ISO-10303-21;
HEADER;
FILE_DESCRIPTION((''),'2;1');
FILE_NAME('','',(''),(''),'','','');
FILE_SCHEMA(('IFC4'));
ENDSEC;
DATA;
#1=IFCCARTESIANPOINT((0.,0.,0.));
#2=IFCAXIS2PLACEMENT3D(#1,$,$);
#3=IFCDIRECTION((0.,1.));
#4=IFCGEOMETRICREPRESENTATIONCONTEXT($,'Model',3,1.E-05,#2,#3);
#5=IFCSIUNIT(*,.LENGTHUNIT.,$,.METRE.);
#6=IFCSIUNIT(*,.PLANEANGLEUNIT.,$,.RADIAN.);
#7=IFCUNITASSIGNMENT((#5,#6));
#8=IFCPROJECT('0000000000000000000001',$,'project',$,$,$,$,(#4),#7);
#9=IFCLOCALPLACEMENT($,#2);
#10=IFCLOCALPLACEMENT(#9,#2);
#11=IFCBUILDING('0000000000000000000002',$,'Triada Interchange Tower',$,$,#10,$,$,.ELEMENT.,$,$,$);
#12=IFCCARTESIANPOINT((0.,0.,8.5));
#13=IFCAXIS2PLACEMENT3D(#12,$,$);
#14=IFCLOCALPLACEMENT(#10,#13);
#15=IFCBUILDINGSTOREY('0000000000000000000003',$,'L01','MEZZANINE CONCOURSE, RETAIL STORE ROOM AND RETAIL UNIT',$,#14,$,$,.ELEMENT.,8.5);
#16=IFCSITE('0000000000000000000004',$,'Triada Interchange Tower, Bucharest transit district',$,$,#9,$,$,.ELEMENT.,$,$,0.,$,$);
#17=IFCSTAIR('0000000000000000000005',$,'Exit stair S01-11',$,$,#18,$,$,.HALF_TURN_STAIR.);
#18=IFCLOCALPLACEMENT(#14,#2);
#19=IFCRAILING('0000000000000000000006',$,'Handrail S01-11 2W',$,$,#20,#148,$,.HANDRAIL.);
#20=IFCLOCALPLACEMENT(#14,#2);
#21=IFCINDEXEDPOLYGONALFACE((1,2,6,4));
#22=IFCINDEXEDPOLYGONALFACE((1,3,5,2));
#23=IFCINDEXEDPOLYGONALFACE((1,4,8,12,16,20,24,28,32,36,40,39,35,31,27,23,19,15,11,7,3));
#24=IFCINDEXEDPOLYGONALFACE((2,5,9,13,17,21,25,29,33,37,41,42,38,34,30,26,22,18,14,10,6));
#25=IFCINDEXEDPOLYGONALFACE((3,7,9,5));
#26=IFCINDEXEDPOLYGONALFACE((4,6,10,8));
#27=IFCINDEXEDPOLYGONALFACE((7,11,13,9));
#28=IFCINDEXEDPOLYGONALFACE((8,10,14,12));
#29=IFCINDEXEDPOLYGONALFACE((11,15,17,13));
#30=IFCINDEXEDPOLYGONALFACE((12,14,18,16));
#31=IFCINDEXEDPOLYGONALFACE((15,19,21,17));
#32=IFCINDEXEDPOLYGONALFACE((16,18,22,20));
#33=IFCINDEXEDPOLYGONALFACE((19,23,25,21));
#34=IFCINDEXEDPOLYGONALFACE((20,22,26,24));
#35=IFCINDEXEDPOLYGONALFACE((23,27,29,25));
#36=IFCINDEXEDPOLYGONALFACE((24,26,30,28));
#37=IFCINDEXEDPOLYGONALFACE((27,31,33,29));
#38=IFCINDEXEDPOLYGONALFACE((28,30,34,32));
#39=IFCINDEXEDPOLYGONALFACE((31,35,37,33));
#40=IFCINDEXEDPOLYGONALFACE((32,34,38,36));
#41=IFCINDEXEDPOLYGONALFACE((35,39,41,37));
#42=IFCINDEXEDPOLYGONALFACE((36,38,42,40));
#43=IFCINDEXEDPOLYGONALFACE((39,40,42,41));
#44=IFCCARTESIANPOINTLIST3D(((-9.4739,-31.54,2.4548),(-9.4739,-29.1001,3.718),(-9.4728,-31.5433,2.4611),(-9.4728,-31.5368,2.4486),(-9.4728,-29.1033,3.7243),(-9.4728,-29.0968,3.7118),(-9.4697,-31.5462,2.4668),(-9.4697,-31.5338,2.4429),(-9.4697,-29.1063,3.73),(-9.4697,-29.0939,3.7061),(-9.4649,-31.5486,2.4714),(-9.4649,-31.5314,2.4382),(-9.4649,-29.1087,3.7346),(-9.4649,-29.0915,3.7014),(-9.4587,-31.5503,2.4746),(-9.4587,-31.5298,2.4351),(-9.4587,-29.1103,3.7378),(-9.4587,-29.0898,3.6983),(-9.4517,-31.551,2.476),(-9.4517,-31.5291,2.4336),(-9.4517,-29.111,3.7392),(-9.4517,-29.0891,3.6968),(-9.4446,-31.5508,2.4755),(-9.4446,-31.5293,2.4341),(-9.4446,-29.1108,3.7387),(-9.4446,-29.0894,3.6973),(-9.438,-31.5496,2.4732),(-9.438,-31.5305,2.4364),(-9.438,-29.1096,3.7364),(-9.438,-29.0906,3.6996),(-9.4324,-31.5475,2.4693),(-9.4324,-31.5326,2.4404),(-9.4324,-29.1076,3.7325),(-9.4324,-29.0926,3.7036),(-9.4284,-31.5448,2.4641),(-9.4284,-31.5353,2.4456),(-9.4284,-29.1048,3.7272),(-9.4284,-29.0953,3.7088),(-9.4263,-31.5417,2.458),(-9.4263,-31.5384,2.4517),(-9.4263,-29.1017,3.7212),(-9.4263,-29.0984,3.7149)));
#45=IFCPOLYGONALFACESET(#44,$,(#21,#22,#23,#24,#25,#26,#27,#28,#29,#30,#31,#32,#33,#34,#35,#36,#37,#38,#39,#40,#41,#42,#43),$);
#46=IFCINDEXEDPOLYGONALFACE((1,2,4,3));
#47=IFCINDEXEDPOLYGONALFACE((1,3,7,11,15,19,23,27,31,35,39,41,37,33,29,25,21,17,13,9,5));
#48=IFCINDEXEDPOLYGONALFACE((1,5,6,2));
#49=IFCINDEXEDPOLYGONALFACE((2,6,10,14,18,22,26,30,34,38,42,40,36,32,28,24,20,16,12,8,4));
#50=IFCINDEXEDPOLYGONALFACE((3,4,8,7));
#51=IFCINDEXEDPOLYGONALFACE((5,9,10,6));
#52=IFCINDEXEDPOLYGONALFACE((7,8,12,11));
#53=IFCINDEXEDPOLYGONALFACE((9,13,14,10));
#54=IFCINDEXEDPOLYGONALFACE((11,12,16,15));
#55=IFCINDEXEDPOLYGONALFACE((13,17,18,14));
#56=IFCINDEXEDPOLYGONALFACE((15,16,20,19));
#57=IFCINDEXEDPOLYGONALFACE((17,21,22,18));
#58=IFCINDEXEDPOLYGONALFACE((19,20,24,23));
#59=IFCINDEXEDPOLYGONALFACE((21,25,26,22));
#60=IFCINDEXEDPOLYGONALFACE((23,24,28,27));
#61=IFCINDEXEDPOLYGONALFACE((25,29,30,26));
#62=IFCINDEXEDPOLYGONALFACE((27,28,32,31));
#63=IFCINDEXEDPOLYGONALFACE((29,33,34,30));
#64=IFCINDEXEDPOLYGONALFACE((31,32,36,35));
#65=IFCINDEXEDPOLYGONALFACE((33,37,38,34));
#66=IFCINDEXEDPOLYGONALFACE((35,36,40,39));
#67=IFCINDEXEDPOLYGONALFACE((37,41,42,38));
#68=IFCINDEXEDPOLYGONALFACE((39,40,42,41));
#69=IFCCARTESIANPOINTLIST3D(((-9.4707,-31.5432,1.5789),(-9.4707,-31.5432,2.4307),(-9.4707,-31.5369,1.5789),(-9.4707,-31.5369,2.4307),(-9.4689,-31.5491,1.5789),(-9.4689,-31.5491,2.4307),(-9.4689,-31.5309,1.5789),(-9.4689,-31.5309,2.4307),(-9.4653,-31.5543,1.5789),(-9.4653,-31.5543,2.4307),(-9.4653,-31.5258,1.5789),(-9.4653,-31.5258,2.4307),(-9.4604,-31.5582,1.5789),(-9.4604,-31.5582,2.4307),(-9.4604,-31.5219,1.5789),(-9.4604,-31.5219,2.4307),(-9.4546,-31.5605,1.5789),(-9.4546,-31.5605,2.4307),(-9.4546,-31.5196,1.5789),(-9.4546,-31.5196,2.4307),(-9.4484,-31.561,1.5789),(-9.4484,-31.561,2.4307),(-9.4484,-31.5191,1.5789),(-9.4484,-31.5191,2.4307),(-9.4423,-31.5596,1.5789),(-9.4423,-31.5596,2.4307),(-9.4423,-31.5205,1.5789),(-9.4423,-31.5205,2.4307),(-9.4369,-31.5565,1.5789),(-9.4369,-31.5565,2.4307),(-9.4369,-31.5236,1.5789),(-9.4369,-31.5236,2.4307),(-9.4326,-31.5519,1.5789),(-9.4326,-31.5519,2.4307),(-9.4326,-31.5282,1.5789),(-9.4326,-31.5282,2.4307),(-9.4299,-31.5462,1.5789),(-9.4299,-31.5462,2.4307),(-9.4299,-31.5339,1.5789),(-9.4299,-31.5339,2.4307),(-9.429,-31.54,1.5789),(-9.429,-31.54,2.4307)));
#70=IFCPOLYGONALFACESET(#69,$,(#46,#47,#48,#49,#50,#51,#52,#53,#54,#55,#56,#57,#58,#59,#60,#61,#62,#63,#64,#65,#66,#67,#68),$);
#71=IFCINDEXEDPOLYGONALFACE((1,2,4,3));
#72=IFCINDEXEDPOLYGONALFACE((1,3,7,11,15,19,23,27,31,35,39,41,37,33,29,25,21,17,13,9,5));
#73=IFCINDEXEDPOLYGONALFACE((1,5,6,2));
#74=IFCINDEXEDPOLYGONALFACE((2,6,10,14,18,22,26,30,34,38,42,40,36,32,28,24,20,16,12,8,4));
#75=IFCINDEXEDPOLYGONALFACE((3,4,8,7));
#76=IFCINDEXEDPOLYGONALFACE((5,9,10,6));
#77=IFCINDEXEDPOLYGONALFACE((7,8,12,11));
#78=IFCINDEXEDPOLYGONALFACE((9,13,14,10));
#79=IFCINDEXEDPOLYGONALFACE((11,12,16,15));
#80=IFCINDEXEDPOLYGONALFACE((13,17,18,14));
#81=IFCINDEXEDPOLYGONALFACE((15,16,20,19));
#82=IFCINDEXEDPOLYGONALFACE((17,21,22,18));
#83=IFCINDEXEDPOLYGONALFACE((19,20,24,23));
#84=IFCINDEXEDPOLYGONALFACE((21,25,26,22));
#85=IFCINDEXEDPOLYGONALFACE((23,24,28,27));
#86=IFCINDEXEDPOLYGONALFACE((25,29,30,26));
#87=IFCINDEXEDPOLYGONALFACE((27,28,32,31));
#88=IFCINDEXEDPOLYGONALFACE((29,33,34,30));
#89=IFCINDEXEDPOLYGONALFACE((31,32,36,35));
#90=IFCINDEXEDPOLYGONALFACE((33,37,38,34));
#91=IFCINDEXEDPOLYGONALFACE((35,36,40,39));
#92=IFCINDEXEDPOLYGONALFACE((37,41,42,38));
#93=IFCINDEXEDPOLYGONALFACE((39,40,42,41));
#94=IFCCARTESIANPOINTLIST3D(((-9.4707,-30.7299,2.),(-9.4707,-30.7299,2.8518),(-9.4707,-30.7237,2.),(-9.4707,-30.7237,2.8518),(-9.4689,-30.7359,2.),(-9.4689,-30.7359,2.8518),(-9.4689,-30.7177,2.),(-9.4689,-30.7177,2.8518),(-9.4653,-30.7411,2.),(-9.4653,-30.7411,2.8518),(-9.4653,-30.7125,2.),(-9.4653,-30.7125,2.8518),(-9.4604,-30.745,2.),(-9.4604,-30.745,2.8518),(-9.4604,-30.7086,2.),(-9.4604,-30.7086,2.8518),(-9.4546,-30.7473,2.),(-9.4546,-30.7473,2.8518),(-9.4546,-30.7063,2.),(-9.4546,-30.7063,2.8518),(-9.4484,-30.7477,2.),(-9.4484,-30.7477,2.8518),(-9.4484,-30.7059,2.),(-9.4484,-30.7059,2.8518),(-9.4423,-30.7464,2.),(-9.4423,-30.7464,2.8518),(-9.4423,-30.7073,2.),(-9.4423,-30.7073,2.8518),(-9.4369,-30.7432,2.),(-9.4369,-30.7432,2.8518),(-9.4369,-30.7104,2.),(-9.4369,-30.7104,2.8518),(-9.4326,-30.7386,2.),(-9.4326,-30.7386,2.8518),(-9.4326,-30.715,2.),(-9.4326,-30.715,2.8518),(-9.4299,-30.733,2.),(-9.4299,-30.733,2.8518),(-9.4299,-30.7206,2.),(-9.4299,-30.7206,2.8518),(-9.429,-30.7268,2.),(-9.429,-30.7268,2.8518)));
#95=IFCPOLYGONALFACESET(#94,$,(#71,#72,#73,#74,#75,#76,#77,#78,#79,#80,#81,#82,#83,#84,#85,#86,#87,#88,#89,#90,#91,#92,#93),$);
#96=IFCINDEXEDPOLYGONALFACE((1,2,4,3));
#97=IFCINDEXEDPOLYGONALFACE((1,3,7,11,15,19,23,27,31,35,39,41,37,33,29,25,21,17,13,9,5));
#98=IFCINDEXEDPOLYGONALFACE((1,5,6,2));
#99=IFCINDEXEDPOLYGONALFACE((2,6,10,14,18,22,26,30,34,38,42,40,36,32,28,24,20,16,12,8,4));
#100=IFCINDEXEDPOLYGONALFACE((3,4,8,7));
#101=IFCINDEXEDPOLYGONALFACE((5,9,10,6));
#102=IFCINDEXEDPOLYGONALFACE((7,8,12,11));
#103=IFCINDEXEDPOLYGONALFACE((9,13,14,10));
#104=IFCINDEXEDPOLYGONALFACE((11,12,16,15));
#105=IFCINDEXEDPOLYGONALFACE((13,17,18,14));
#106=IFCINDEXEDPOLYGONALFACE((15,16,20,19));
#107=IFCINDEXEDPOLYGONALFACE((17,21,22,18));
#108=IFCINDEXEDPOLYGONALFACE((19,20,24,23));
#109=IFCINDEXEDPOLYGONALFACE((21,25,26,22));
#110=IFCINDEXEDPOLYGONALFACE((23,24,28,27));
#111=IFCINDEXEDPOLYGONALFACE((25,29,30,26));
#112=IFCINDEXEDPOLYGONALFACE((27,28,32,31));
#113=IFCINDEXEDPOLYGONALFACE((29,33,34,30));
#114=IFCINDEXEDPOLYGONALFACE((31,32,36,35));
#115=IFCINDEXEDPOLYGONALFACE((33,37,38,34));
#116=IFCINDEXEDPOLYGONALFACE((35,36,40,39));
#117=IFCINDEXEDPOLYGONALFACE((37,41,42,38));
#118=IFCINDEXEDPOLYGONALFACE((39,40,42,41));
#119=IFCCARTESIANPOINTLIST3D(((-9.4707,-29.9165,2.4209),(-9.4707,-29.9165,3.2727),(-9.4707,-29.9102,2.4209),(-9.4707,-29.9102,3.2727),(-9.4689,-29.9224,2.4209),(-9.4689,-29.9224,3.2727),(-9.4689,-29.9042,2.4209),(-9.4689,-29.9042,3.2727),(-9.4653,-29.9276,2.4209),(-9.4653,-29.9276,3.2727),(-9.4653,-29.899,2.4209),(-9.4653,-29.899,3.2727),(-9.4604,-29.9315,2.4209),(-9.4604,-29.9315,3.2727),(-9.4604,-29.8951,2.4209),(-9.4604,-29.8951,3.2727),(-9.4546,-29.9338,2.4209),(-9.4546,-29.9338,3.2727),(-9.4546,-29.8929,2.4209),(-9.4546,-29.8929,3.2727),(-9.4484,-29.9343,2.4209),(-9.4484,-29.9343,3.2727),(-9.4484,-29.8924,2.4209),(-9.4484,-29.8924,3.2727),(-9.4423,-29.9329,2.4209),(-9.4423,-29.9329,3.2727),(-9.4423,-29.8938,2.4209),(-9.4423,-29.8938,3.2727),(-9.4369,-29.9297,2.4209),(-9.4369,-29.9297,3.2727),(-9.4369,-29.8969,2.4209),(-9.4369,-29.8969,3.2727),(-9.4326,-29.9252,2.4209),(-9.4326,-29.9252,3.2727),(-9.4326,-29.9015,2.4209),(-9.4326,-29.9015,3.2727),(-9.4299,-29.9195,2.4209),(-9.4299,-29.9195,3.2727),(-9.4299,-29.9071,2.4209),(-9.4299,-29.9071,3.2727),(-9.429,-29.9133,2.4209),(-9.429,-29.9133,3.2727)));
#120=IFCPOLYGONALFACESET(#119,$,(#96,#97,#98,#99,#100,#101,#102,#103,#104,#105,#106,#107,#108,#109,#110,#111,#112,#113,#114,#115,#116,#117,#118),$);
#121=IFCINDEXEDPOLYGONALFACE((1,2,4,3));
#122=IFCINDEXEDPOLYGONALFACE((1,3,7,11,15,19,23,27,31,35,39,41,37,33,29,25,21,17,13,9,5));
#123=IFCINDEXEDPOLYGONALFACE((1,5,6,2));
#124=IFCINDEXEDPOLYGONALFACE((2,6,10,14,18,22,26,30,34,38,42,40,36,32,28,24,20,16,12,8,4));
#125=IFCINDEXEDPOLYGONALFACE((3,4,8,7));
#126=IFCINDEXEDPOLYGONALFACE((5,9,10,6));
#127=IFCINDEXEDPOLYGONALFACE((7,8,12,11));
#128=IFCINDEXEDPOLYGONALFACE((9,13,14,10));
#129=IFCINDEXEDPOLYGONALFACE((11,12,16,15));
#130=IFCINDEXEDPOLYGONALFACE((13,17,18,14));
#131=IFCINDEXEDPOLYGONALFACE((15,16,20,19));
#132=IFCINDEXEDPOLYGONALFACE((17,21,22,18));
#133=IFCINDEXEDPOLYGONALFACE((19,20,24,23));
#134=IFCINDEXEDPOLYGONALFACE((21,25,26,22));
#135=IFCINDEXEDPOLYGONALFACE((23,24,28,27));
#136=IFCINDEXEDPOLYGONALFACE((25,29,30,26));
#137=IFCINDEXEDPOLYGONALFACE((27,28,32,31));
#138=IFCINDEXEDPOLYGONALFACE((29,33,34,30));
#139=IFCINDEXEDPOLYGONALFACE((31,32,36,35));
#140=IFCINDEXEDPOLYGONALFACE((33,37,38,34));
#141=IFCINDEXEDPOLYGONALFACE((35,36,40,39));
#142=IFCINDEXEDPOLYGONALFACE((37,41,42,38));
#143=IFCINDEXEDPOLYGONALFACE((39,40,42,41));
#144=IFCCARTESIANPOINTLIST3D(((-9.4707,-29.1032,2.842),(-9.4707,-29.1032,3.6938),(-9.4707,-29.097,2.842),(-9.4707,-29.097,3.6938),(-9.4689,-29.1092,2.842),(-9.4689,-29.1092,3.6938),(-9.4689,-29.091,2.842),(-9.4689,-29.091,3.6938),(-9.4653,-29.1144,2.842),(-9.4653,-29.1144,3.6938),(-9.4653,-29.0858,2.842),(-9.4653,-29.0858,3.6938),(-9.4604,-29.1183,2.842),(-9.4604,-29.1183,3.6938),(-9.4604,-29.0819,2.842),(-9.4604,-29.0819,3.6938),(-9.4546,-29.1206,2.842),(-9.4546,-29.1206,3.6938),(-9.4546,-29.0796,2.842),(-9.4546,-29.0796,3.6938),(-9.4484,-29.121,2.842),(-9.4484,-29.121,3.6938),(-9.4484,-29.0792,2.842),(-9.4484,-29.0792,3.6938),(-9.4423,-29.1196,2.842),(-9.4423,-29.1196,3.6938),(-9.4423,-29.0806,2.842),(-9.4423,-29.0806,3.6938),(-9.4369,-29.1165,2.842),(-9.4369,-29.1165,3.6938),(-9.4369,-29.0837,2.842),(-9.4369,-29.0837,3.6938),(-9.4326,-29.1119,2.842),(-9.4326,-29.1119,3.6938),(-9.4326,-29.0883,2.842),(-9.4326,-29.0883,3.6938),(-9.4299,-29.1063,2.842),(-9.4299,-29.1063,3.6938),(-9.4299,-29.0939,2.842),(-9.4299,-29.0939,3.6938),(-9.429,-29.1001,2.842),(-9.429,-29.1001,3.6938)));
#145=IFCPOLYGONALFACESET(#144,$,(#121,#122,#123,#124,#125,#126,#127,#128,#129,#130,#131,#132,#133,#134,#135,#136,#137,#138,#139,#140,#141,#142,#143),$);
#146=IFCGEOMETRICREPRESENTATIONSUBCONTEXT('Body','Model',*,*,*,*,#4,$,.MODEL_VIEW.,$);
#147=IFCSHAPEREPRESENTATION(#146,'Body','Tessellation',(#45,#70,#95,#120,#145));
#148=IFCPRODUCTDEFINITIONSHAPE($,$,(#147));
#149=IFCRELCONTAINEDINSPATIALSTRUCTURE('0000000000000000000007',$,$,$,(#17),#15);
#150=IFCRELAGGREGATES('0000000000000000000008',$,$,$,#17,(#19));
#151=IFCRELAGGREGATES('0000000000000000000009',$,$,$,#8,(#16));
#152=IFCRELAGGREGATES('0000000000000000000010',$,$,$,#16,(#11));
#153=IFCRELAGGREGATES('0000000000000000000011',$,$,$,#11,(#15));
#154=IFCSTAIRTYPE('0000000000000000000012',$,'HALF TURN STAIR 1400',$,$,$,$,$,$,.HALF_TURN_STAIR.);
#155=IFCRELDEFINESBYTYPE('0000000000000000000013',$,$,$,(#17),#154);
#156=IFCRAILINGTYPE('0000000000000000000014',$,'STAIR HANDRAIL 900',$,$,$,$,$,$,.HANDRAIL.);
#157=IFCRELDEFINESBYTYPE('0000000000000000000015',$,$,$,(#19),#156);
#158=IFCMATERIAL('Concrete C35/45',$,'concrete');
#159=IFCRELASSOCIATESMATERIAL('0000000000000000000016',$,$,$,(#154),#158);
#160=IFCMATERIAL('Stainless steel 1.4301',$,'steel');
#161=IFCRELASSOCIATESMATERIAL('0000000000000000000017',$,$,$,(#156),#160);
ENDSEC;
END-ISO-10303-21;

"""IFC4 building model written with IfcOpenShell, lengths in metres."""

from ifc_helpers import new_model, si_unit, direction, frame, origin, origin_2d, place, context, subcontext, project, spatial, circle, extrude, material, type_object, element, aggregate, save


model = new_model("IFC4")

# Units and contexts
model_context = context("Model", 3, precision=1e-05, world=origin(), true_north=direction((0.0, 1.0)))
body_context = subcontext(model_context, "Body", "Model", "MODEL_VIEW")
ifc_project = project(units=[si_unit("LENGTHUNIT", "METRE"), si_unit("PLANEANGLEUNIT", "RADIAN")], contexts=[model_context])

# Site, building, storey
site_placement = place(None, origin())
site = spatial("IfcSite", under=ifc_project, at=site_placement, Name="Triada Interchange Tower, Bucharest transit district", CompositionType="ELEMENT", RefElevation=0.0)
building_placement = place(site_placement, origin())
building = spatial("IfcBuilding", under=site, at=building_placement, Name="Triada Interchange Tower", CompositionType="ELEMENT")
storey_placement = place(building_placement, frame((0.0, 0.0, 8.5)))
storey = spatial("IfcBuildingStorey", under=building, at=storey_placement, Name="L01", Description="MEZZANINE CONCOURSE, RETAIL STORE ROOM AND RETAIL UNIT", CompositionType="ELEMENT", Elevation=8.5)

# Shared definitions
ifc_material_1 = material(Name="Concrete C35/45", Category="concrete")

# Stair, railing
stair_type = type_object("IfcStairType", Name="HALF TURN STAIR 1400", PredefinedType="HALF_TURN_STAIR", material=ifc_material_1)
stair_placement = place(storey_placement, origin())
stair = element("IfcStair", 1, at=stair_placement, inside=storey, type_object=stair_type, Name="Exit stair S01-11", PredefinedType="HALF_TURN_STAIR")
ifc_material_2 = material(Name="Stainless steel 1.4301", Category="steel")
railing_type_1 = type_object("IfcRailingType", Name="STAIR HANDRAIL 900", PredefinedType="HANDRAIL", material=ifc_material_2)
railing_1_placement = place(storey_placement, frame((-9.45, -31.54, 1.5789)))
railing_1 = element("IfcRailing", 2, at=railing_1_placement, type_object=railing_type_1, Name="Handrail S01-11 2W", PredefinedType="HANDRAIL", context=body_context, shape_type="SweptSolid", body=[
    extrude(circle(Radius=0.0239, at=origin_2d()), frame((0.0, 0.0, 0.876), z_axis=(0.0, 0.888048, 0.459752), x_axis=(-1.0, 0.0, 0.0)), (0.0, 0.0, 1.0), 2.7476),
    extrude(circle(Radius=0.021, at=origin_2d()), origin(), (0.0, 0.0, 1.0), 0.8518),
    extrude(circle(Radius=0.021, at=origin_2d()), frame((0.0, 0.8132, 0.4211)), (0.0, 0.0, 1.0), 0.8518),
    extrude(circle(Radius=0.021, at=origin_2d()), frame((0.0, 1.6267, 0.842)), (0.0, 0.0, 1.0), 0.8518),
    extrude(circle(Radius=0.021, at=origin_2d()), frame((0.0, 2.4399, 1.2632)), (0.0, 0.0, 1.0), 0.8518),
])
aggregate(stair, [railing_1])

save(model, "model.ifc")
